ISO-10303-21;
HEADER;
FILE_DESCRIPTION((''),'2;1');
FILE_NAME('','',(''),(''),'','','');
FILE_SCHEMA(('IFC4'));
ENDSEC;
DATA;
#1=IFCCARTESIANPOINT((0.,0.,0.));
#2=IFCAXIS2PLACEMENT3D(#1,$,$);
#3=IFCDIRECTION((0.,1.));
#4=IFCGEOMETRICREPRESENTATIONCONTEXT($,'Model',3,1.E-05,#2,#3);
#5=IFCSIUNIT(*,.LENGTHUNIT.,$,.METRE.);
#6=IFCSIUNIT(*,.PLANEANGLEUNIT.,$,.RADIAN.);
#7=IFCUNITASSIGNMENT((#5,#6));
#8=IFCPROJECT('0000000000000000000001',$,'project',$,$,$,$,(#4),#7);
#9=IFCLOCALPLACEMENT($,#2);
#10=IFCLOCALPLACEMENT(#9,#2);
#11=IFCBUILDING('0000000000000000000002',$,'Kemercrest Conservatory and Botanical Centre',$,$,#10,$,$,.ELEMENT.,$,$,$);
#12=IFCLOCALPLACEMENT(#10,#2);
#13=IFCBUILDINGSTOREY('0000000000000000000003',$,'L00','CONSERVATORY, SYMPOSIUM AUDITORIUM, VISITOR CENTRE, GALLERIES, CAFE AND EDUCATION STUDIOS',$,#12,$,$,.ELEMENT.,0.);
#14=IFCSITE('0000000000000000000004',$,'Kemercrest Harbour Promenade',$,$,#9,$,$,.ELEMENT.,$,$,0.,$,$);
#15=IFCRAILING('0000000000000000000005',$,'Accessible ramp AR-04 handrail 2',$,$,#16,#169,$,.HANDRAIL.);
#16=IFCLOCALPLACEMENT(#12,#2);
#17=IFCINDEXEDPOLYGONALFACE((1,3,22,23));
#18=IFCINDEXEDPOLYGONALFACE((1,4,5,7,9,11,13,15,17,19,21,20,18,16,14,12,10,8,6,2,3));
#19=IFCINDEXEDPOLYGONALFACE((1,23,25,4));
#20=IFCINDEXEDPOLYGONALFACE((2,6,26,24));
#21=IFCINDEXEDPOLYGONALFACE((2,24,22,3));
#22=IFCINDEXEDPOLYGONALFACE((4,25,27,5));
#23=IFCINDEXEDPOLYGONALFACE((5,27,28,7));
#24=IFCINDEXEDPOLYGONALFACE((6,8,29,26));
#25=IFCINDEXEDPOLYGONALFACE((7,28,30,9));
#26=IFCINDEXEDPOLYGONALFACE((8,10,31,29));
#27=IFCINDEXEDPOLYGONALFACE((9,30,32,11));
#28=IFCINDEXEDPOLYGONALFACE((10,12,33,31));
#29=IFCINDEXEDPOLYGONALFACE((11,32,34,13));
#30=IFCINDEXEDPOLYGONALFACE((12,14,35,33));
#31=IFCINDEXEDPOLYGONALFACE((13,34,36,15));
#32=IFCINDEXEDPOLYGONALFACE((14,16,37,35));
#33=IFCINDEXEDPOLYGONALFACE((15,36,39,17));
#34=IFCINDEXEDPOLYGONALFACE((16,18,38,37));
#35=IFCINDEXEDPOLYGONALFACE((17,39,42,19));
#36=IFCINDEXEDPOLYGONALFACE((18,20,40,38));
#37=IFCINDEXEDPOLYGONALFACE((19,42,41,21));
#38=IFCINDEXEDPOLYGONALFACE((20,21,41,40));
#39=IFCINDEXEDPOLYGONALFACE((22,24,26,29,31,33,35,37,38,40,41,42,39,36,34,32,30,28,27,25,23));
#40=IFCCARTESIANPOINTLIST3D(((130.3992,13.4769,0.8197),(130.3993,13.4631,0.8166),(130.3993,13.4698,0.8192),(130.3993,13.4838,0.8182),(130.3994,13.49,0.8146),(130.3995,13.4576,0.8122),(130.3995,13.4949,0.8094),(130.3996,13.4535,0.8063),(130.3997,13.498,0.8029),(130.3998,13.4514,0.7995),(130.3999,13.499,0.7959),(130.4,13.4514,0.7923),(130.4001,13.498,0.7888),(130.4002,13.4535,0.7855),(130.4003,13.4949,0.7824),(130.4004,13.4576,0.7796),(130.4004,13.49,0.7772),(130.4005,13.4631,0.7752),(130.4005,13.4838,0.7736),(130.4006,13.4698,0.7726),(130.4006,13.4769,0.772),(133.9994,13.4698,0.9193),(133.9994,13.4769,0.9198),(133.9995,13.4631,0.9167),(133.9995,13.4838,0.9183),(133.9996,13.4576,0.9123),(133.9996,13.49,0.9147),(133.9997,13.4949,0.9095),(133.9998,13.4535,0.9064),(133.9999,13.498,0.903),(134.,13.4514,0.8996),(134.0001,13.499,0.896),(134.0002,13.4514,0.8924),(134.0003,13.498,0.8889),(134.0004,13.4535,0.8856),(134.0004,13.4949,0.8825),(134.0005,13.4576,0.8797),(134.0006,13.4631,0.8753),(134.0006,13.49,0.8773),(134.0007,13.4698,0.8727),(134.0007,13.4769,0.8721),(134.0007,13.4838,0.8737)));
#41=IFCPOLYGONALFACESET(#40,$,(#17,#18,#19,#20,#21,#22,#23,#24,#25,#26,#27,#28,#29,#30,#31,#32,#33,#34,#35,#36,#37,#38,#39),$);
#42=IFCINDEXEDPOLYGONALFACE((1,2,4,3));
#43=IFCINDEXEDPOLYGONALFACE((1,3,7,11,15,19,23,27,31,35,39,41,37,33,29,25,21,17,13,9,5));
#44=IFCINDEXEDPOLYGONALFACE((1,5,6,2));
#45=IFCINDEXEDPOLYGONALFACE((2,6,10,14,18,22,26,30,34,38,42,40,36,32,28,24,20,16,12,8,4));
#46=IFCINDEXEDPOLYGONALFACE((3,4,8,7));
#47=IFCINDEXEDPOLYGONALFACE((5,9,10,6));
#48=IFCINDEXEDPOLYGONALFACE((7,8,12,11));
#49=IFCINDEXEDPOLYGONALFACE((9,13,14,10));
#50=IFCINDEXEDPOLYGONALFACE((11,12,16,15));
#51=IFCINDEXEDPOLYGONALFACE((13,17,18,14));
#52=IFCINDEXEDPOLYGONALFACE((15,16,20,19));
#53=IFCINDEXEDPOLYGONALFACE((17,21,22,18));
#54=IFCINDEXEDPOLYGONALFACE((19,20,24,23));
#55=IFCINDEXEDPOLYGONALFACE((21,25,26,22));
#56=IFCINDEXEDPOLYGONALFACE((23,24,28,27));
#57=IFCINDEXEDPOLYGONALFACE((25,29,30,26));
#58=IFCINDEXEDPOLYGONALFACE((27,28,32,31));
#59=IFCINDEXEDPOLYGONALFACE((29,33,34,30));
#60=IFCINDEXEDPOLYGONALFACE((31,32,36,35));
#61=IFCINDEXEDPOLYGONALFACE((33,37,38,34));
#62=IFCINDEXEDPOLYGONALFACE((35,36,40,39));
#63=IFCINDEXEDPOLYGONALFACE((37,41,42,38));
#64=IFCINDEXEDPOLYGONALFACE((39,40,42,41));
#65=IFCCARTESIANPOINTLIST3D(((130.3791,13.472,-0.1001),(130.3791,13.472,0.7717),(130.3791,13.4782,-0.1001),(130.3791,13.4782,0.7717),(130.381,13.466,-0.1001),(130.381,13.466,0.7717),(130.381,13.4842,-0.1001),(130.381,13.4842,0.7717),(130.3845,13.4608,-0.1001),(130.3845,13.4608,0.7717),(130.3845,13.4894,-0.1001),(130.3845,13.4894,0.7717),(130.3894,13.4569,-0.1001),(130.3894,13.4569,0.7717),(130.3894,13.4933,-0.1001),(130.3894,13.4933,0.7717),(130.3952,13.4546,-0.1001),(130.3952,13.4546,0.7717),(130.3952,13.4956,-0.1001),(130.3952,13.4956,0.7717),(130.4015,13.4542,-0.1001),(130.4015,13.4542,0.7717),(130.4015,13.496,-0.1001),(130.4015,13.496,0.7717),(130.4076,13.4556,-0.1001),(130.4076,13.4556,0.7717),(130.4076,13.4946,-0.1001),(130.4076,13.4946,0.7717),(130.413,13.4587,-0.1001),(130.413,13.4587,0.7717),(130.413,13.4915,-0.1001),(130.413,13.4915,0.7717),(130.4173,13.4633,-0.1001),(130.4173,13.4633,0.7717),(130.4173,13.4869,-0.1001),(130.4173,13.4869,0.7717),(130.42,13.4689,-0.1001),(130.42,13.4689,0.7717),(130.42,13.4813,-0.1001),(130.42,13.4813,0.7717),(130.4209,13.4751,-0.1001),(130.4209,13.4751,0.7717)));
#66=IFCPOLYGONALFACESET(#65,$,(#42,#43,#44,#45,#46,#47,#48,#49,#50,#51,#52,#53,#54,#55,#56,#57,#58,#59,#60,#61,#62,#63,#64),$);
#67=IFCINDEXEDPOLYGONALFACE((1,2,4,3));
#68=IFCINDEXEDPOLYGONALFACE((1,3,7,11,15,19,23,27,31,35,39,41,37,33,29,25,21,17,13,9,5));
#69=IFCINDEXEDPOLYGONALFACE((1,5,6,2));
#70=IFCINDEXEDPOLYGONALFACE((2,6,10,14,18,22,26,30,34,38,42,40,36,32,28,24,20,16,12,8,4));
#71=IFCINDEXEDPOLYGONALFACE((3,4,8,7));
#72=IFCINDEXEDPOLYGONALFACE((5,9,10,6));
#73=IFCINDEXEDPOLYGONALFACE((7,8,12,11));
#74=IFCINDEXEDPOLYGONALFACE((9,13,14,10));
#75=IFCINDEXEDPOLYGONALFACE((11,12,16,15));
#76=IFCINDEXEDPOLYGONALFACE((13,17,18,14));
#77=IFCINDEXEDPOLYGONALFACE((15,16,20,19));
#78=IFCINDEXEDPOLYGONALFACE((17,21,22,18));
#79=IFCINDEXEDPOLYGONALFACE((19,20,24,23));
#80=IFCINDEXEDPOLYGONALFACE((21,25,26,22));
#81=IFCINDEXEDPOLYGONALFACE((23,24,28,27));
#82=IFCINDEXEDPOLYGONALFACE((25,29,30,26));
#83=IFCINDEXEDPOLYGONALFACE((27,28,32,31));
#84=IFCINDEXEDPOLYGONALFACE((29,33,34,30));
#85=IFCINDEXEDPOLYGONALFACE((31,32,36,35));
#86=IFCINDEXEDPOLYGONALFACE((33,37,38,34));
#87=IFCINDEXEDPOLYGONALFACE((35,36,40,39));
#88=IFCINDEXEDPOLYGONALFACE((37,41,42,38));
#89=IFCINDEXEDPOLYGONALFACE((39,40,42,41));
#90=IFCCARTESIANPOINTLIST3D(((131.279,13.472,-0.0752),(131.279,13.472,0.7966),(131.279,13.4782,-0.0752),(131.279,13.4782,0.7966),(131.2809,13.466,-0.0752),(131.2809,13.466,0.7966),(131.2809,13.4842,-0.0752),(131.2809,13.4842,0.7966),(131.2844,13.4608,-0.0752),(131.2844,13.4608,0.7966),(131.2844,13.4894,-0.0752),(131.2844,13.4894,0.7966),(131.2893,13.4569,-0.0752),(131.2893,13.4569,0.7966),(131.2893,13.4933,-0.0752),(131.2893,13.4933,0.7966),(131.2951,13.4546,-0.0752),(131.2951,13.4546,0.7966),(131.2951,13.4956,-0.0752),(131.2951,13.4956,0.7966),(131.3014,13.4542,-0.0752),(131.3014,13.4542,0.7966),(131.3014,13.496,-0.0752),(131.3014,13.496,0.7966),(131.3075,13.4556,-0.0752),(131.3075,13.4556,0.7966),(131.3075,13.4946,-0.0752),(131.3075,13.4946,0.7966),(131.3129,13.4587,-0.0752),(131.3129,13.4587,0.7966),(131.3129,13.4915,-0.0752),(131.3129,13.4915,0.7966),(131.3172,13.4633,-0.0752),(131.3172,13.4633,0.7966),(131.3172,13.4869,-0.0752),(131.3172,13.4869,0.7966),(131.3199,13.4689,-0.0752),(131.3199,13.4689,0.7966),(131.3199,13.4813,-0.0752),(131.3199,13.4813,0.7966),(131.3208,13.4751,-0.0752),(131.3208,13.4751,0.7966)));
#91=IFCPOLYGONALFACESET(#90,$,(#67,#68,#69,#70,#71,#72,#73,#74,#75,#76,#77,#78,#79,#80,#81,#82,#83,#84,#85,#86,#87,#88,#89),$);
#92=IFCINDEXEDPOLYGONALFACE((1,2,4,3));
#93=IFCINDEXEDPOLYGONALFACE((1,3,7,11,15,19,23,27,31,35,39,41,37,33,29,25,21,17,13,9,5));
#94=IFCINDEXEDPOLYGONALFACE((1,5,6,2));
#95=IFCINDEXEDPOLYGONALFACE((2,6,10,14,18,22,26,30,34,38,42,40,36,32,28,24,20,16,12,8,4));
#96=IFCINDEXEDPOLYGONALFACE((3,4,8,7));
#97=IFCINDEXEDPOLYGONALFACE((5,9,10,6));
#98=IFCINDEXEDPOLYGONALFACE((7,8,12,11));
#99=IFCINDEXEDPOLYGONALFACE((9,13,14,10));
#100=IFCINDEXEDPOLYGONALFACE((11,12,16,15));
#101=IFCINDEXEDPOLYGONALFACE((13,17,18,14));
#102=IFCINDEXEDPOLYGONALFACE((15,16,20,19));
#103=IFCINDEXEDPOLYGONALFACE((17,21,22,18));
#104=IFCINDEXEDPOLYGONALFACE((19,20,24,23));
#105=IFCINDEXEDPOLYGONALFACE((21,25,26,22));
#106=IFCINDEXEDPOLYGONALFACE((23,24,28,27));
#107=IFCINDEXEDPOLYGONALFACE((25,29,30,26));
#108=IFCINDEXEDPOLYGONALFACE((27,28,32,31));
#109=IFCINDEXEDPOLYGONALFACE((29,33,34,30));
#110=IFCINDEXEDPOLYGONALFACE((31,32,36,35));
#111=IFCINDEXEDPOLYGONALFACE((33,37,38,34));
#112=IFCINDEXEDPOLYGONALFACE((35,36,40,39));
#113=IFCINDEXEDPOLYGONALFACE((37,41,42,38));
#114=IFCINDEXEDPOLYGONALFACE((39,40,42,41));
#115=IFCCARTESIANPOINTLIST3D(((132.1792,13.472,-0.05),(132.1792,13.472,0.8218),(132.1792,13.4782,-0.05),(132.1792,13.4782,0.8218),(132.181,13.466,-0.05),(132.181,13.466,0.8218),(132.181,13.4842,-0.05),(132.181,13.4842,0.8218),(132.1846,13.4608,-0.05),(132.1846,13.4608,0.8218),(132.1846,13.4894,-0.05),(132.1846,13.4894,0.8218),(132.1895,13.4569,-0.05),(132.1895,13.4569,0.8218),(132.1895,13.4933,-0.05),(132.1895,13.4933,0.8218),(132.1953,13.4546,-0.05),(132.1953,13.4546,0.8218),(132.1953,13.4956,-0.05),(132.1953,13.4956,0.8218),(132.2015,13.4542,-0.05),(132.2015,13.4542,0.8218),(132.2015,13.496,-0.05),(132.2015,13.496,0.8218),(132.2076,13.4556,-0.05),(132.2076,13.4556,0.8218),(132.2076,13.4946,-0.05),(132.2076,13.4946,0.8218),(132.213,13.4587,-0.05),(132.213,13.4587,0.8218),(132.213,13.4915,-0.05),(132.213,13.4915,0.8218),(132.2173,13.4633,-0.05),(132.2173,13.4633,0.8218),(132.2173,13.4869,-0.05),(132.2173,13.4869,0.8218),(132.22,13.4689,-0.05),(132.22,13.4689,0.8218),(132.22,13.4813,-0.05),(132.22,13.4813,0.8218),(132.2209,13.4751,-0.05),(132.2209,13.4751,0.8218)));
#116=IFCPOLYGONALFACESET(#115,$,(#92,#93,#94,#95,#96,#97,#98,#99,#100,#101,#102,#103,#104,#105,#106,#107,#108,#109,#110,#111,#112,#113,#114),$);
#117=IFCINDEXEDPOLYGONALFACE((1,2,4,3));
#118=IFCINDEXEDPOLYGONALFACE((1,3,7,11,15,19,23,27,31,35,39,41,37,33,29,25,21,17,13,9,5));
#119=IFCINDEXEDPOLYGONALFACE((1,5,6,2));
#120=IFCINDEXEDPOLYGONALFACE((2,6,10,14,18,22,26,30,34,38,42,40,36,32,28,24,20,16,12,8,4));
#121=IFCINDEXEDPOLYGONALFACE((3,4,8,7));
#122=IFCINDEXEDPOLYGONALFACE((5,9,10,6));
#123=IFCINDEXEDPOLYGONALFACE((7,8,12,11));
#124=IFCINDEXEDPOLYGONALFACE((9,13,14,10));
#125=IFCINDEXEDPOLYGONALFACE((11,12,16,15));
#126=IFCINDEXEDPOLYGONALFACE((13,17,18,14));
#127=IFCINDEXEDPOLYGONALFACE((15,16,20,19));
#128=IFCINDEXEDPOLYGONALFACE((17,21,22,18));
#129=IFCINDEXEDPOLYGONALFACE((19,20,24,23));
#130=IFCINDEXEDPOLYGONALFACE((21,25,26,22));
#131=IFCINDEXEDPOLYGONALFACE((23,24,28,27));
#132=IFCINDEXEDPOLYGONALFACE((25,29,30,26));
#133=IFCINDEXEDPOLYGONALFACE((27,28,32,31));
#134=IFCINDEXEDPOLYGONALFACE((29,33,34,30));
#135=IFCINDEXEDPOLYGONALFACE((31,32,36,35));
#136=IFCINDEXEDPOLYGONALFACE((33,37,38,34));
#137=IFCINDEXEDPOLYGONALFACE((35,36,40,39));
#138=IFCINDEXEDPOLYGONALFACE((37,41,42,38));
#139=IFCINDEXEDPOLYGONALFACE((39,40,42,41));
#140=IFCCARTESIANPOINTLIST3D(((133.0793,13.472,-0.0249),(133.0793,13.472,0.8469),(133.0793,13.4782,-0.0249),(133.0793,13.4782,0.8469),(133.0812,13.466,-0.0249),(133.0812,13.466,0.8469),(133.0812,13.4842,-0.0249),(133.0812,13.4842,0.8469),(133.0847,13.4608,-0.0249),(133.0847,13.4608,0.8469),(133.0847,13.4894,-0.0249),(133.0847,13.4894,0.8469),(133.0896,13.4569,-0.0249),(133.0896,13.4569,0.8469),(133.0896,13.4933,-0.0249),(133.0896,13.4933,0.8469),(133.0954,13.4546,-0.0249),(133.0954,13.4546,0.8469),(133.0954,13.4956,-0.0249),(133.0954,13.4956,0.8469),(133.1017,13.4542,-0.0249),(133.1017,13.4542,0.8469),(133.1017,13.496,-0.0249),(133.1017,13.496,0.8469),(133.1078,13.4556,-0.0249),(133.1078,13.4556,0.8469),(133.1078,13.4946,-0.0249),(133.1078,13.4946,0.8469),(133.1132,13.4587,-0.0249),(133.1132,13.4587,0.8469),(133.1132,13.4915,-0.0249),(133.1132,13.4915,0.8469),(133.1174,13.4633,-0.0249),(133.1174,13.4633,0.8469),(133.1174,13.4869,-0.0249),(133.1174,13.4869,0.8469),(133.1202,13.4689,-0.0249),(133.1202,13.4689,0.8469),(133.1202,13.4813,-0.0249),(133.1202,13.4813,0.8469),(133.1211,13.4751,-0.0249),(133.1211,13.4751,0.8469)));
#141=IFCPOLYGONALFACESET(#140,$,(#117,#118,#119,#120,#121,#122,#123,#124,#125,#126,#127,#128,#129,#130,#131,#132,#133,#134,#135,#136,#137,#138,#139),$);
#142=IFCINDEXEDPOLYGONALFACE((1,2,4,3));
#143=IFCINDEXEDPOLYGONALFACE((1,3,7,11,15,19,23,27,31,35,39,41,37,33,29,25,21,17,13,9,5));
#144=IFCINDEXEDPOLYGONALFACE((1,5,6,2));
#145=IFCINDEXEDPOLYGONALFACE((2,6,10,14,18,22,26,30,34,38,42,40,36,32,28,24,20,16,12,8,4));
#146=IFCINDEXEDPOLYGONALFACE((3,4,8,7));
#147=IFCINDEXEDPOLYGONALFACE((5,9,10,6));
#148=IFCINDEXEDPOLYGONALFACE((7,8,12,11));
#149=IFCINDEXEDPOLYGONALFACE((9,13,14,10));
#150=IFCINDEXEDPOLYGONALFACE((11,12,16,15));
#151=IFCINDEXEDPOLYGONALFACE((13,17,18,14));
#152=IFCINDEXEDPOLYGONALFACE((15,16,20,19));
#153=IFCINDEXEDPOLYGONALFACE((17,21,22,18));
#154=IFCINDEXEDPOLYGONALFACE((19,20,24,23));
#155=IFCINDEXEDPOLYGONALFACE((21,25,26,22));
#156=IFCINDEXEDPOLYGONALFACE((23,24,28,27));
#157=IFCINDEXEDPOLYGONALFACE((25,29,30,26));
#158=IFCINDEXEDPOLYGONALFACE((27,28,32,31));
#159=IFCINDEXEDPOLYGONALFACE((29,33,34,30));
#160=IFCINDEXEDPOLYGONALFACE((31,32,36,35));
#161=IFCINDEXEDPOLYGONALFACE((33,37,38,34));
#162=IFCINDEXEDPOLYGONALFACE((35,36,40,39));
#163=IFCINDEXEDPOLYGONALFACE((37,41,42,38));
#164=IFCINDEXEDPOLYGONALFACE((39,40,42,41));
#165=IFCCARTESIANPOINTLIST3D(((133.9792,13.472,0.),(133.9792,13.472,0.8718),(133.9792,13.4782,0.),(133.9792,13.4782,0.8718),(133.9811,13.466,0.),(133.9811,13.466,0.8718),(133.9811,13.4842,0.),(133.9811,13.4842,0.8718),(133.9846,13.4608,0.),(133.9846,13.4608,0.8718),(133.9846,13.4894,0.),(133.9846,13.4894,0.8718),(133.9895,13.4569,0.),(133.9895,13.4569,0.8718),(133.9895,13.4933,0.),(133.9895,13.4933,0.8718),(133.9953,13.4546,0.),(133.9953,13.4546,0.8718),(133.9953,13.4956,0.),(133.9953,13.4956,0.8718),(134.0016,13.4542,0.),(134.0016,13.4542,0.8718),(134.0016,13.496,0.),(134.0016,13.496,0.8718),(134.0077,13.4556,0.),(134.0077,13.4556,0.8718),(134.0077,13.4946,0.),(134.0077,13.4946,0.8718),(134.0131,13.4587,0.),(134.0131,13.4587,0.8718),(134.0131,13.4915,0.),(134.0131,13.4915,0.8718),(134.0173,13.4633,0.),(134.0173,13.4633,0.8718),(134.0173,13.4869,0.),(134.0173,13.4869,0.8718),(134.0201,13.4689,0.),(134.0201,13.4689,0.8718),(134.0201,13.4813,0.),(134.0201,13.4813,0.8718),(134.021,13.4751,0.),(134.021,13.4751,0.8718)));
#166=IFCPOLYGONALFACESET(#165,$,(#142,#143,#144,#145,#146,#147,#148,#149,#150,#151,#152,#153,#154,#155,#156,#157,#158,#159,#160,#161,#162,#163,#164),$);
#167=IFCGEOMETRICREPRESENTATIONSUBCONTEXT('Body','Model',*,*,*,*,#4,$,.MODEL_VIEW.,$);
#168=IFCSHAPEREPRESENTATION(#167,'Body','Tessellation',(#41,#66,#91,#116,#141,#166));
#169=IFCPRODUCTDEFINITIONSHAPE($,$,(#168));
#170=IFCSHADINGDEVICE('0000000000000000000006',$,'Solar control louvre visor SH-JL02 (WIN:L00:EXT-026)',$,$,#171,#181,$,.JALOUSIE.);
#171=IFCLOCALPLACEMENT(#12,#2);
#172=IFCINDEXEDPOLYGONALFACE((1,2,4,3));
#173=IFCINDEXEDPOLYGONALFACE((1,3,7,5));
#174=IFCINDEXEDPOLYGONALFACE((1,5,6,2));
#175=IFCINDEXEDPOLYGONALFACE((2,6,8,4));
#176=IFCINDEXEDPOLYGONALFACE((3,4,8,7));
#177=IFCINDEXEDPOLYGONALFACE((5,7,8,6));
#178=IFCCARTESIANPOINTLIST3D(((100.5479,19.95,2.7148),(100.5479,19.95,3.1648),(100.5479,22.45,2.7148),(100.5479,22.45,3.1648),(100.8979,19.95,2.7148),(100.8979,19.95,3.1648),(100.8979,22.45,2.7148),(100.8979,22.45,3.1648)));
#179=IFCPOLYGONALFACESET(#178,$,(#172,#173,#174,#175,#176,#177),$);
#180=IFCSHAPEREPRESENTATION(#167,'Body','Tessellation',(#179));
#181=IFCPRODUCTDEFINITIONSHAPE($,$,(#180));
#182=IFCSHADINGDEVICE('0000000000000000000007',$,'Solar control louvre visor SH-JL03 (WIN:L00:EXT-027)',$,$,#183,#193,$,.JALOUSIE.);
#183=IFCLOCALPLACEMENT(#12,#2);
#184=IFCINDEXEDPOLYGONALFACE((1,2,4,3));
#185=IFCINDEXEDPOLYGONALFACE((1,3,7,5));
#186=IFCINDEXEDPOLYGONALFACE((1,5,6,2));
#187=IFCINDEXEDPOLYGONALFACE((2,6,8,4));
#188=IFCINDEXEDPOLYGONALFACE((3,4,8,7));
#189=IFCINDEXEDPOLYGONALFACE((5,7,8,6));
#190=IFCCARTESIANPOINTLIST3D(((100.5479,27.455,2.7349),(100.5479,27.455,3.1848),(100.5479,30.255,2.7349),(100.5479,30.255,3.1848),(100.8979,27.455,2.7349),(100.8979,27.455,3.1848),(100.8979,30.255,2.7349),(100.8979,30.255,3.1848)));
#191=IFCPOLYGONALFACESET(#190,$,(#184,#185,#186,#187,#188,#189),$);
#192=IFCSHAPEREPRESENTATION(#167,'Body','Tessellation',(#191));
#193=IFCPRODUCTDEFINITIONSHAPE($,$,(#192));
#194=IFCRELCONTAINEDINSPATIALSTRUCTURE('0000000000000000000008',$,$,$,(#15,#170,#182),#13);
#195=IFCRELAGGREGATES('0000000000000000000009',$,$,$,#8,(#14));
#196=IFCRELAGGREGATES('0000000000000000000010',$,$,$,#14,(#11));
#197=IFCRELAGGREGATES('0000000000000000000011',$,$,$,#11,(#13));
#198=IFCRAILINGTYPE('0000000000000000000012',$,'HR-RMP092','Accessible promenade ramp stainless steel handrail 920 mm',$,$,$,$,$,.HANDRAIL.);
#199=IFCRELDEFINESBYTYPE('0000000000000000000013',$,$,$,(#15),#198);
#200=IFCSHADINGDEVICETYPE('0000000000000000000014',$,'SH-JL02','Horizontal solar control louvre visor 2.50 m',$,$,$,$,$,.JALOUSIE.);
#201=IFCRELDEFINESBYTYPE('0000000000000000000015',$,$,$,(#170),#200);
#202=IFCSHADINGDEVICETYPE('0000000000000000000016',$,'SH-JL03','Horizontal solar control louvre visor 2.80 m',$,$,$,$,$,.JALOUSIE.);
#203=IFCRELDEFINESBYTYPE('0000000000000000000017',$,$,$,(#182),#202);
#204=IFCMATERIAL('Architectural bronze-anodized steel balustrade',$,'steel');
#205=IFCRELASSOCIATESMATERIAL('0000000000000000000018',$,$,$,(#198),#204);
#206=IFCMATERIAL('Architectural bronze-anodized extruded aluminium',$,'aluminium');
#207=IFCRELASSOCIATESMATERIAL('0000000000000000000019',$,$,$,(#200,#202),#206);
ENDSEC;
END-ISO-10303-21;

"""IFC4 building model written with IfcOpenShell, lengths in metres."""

from ifc_helpers import new_model, si_unit, direction, frame, origin, origin_2d, place, context, subcontext, project, spatial, rectangle, circle, extrude, material, type_object, element, save


model = new_model("IFC4")

# Units and contexts
model_context = context("Model", 3, precision=1e-05, world=origin(), true_north=direction((0.0, 1.0)))
body_context = subcontext(model_context, "Body", "Model", "MODEL_VIEW")
ifc_project = project(units=[si_unit("LENGTHUNIT", "METRE"), si_unit("PLANEANGLEUNIT", "RADIAN")], contexts=[model_context])

# Site, building, storey
site_placement = place(None, origin())
site = spatial("IfcSite", under=ifc_project, at=site_placement, Name="Kemercrest Harbour Promenade", CompositionType="ELEMENT", RefElevation=0.0)
building_placement = place(site_placement, origin())
building = spatial("IfcBuilding", under=site, at=building_placement, Name="Kemercrest Conservatory and Botanical Centre", CompositionType="ELEMENT")
storey_placement = place(building_placement, origin())
storey = spatial("IfcBuildingStorey", under=building, at=storey_placement, Name="L00", Description="CONSERVATORY, SYMPOSIUM AUDITORIUM, VISITOR CENTRE, GALLERIES, CAFE AND EDUCATION STUDIOS", CompositionType="ELEMENT", Elevation=0.0)

# Railing
ifc_material_1 = material(Name="Architectural bronze-anodized steel balustrade", Category="steel")
railing_type = type_object("IfcRailingType", Name="HR-RMP092", Description="Accessible promenade ramp stainless steel handrail 920 mm", PredefinedType="HANDRAIL", material=ifc_material_1)
for number, where, name in (
    (1, (130.3999, 13.4751, -0.1001), "Accessible ramp AR-04 handrail 2"),
):
    element("IfcRailing", number, at=place(storey_placement, frame(where)), inside=storey, type_object=railing_type, Name=name, PredefinedType="HANDRAIL", context=body_context, shape_type="SweptSolid", body=[
        extrude(circle(Radius=0.0239, at=origin_2d()), frame((0.0, 0.0, 0.896), z_axis=(0.999614, 0.0, 0.027793), x_axis=(0.0, 1.0, 0.0)), (0.0, 0.0, 1.0), 3.6016),
        extrude(circle(Radius=0.021, at=origin_2d()), origin(), (0.0, 0.0, 1.0), 0.8718),
        extrude(circle(Radius=0.021, at=origin_2d()), frame((0.8999, 0.0, 0.0249)), (0.0, 0.0, 1.0), 0.8718),
        extrude(circle(Radius=0.021, at=origin_2d()), frame((1.8, 0.0, 0.05)), (0.0, 0.0, 1.0), 0.8718),
        extrude(circle(Radius=0.021, at=origin_2d()), frame((2.7002, 0.0, 0.0752)), (0.0, 0.0, 1.0), 0.8718),
        extrude(circle(Radius=0.021, at=origin_2d()), frame((3.6001, 0.0, 0.1001)), (0.0, 0.0, 1.0), 0.8718),
    ])

# Shading devices
ifc_material_2 = material(Name="Architectural bronze-anodized extruded aluminium", Category="aluminium")
shading_device_type_1 = type_object("IfcShadingDeviceType", Name="SH-JL02", Description="Horizontal solar control louvre visor 2.50 m", PredefinedType="JALOUSIE", material=ifc_material_2)
shading_device_1_placement = place(storey_placement, frame((100.7229, 21.2, 2.7148), z_axis=(0.0, 0.0, 1.0), x_axis=(0.0, 1.0, 0.0)))
element("IfcShadingDevice", 2, at=shading_device_1_placement, inside=storey, type_object=shading_device_type_1, Name="Solar control louvre visor SH-JL02 (WIN:L00:EXT-026)", PredefinedType="JALOUSIE", context=body_context, shape_type="SweptSolid", body=[
    extrude(rectangle(XDim=2.5, YDim=0.3501, at=origin_2d()), origin(), (0.0, 0.0, 1.0), 0.45),
])
shading_device_type_2 = type_object("IfcShadingDeviceType", Name="SH-JL03", Description="Horizontal solar control louvre visor 2.80 m", PredefinedType="JALOUSIE", material=ifc_material_2)
shading_device_2_placement = place(storey_placement, frame((100.7229, 28.855, 2.7349), z_axis=(0.0, 0.0, 1.0), x_axis=(0.0, 1.0, 0.0)))
element("IfcShadingDevice", 3, at=shading_device_2_placement, inside=storey, type_object=shading_device_type_2, Name="Solar control louvre visor SH-JL03 (WIN:L00:EXT-027)", PredefinedType="JALOUSIE", context=body_context, shape_type="SweptSolid", body=[
    extrude(rectangle(XDim=2.8, YDim=0.3501, at=origin_2d()), origin(), (0.0, 0.0, 1.0), 0.45),
])

save(model, "model.ifc")
